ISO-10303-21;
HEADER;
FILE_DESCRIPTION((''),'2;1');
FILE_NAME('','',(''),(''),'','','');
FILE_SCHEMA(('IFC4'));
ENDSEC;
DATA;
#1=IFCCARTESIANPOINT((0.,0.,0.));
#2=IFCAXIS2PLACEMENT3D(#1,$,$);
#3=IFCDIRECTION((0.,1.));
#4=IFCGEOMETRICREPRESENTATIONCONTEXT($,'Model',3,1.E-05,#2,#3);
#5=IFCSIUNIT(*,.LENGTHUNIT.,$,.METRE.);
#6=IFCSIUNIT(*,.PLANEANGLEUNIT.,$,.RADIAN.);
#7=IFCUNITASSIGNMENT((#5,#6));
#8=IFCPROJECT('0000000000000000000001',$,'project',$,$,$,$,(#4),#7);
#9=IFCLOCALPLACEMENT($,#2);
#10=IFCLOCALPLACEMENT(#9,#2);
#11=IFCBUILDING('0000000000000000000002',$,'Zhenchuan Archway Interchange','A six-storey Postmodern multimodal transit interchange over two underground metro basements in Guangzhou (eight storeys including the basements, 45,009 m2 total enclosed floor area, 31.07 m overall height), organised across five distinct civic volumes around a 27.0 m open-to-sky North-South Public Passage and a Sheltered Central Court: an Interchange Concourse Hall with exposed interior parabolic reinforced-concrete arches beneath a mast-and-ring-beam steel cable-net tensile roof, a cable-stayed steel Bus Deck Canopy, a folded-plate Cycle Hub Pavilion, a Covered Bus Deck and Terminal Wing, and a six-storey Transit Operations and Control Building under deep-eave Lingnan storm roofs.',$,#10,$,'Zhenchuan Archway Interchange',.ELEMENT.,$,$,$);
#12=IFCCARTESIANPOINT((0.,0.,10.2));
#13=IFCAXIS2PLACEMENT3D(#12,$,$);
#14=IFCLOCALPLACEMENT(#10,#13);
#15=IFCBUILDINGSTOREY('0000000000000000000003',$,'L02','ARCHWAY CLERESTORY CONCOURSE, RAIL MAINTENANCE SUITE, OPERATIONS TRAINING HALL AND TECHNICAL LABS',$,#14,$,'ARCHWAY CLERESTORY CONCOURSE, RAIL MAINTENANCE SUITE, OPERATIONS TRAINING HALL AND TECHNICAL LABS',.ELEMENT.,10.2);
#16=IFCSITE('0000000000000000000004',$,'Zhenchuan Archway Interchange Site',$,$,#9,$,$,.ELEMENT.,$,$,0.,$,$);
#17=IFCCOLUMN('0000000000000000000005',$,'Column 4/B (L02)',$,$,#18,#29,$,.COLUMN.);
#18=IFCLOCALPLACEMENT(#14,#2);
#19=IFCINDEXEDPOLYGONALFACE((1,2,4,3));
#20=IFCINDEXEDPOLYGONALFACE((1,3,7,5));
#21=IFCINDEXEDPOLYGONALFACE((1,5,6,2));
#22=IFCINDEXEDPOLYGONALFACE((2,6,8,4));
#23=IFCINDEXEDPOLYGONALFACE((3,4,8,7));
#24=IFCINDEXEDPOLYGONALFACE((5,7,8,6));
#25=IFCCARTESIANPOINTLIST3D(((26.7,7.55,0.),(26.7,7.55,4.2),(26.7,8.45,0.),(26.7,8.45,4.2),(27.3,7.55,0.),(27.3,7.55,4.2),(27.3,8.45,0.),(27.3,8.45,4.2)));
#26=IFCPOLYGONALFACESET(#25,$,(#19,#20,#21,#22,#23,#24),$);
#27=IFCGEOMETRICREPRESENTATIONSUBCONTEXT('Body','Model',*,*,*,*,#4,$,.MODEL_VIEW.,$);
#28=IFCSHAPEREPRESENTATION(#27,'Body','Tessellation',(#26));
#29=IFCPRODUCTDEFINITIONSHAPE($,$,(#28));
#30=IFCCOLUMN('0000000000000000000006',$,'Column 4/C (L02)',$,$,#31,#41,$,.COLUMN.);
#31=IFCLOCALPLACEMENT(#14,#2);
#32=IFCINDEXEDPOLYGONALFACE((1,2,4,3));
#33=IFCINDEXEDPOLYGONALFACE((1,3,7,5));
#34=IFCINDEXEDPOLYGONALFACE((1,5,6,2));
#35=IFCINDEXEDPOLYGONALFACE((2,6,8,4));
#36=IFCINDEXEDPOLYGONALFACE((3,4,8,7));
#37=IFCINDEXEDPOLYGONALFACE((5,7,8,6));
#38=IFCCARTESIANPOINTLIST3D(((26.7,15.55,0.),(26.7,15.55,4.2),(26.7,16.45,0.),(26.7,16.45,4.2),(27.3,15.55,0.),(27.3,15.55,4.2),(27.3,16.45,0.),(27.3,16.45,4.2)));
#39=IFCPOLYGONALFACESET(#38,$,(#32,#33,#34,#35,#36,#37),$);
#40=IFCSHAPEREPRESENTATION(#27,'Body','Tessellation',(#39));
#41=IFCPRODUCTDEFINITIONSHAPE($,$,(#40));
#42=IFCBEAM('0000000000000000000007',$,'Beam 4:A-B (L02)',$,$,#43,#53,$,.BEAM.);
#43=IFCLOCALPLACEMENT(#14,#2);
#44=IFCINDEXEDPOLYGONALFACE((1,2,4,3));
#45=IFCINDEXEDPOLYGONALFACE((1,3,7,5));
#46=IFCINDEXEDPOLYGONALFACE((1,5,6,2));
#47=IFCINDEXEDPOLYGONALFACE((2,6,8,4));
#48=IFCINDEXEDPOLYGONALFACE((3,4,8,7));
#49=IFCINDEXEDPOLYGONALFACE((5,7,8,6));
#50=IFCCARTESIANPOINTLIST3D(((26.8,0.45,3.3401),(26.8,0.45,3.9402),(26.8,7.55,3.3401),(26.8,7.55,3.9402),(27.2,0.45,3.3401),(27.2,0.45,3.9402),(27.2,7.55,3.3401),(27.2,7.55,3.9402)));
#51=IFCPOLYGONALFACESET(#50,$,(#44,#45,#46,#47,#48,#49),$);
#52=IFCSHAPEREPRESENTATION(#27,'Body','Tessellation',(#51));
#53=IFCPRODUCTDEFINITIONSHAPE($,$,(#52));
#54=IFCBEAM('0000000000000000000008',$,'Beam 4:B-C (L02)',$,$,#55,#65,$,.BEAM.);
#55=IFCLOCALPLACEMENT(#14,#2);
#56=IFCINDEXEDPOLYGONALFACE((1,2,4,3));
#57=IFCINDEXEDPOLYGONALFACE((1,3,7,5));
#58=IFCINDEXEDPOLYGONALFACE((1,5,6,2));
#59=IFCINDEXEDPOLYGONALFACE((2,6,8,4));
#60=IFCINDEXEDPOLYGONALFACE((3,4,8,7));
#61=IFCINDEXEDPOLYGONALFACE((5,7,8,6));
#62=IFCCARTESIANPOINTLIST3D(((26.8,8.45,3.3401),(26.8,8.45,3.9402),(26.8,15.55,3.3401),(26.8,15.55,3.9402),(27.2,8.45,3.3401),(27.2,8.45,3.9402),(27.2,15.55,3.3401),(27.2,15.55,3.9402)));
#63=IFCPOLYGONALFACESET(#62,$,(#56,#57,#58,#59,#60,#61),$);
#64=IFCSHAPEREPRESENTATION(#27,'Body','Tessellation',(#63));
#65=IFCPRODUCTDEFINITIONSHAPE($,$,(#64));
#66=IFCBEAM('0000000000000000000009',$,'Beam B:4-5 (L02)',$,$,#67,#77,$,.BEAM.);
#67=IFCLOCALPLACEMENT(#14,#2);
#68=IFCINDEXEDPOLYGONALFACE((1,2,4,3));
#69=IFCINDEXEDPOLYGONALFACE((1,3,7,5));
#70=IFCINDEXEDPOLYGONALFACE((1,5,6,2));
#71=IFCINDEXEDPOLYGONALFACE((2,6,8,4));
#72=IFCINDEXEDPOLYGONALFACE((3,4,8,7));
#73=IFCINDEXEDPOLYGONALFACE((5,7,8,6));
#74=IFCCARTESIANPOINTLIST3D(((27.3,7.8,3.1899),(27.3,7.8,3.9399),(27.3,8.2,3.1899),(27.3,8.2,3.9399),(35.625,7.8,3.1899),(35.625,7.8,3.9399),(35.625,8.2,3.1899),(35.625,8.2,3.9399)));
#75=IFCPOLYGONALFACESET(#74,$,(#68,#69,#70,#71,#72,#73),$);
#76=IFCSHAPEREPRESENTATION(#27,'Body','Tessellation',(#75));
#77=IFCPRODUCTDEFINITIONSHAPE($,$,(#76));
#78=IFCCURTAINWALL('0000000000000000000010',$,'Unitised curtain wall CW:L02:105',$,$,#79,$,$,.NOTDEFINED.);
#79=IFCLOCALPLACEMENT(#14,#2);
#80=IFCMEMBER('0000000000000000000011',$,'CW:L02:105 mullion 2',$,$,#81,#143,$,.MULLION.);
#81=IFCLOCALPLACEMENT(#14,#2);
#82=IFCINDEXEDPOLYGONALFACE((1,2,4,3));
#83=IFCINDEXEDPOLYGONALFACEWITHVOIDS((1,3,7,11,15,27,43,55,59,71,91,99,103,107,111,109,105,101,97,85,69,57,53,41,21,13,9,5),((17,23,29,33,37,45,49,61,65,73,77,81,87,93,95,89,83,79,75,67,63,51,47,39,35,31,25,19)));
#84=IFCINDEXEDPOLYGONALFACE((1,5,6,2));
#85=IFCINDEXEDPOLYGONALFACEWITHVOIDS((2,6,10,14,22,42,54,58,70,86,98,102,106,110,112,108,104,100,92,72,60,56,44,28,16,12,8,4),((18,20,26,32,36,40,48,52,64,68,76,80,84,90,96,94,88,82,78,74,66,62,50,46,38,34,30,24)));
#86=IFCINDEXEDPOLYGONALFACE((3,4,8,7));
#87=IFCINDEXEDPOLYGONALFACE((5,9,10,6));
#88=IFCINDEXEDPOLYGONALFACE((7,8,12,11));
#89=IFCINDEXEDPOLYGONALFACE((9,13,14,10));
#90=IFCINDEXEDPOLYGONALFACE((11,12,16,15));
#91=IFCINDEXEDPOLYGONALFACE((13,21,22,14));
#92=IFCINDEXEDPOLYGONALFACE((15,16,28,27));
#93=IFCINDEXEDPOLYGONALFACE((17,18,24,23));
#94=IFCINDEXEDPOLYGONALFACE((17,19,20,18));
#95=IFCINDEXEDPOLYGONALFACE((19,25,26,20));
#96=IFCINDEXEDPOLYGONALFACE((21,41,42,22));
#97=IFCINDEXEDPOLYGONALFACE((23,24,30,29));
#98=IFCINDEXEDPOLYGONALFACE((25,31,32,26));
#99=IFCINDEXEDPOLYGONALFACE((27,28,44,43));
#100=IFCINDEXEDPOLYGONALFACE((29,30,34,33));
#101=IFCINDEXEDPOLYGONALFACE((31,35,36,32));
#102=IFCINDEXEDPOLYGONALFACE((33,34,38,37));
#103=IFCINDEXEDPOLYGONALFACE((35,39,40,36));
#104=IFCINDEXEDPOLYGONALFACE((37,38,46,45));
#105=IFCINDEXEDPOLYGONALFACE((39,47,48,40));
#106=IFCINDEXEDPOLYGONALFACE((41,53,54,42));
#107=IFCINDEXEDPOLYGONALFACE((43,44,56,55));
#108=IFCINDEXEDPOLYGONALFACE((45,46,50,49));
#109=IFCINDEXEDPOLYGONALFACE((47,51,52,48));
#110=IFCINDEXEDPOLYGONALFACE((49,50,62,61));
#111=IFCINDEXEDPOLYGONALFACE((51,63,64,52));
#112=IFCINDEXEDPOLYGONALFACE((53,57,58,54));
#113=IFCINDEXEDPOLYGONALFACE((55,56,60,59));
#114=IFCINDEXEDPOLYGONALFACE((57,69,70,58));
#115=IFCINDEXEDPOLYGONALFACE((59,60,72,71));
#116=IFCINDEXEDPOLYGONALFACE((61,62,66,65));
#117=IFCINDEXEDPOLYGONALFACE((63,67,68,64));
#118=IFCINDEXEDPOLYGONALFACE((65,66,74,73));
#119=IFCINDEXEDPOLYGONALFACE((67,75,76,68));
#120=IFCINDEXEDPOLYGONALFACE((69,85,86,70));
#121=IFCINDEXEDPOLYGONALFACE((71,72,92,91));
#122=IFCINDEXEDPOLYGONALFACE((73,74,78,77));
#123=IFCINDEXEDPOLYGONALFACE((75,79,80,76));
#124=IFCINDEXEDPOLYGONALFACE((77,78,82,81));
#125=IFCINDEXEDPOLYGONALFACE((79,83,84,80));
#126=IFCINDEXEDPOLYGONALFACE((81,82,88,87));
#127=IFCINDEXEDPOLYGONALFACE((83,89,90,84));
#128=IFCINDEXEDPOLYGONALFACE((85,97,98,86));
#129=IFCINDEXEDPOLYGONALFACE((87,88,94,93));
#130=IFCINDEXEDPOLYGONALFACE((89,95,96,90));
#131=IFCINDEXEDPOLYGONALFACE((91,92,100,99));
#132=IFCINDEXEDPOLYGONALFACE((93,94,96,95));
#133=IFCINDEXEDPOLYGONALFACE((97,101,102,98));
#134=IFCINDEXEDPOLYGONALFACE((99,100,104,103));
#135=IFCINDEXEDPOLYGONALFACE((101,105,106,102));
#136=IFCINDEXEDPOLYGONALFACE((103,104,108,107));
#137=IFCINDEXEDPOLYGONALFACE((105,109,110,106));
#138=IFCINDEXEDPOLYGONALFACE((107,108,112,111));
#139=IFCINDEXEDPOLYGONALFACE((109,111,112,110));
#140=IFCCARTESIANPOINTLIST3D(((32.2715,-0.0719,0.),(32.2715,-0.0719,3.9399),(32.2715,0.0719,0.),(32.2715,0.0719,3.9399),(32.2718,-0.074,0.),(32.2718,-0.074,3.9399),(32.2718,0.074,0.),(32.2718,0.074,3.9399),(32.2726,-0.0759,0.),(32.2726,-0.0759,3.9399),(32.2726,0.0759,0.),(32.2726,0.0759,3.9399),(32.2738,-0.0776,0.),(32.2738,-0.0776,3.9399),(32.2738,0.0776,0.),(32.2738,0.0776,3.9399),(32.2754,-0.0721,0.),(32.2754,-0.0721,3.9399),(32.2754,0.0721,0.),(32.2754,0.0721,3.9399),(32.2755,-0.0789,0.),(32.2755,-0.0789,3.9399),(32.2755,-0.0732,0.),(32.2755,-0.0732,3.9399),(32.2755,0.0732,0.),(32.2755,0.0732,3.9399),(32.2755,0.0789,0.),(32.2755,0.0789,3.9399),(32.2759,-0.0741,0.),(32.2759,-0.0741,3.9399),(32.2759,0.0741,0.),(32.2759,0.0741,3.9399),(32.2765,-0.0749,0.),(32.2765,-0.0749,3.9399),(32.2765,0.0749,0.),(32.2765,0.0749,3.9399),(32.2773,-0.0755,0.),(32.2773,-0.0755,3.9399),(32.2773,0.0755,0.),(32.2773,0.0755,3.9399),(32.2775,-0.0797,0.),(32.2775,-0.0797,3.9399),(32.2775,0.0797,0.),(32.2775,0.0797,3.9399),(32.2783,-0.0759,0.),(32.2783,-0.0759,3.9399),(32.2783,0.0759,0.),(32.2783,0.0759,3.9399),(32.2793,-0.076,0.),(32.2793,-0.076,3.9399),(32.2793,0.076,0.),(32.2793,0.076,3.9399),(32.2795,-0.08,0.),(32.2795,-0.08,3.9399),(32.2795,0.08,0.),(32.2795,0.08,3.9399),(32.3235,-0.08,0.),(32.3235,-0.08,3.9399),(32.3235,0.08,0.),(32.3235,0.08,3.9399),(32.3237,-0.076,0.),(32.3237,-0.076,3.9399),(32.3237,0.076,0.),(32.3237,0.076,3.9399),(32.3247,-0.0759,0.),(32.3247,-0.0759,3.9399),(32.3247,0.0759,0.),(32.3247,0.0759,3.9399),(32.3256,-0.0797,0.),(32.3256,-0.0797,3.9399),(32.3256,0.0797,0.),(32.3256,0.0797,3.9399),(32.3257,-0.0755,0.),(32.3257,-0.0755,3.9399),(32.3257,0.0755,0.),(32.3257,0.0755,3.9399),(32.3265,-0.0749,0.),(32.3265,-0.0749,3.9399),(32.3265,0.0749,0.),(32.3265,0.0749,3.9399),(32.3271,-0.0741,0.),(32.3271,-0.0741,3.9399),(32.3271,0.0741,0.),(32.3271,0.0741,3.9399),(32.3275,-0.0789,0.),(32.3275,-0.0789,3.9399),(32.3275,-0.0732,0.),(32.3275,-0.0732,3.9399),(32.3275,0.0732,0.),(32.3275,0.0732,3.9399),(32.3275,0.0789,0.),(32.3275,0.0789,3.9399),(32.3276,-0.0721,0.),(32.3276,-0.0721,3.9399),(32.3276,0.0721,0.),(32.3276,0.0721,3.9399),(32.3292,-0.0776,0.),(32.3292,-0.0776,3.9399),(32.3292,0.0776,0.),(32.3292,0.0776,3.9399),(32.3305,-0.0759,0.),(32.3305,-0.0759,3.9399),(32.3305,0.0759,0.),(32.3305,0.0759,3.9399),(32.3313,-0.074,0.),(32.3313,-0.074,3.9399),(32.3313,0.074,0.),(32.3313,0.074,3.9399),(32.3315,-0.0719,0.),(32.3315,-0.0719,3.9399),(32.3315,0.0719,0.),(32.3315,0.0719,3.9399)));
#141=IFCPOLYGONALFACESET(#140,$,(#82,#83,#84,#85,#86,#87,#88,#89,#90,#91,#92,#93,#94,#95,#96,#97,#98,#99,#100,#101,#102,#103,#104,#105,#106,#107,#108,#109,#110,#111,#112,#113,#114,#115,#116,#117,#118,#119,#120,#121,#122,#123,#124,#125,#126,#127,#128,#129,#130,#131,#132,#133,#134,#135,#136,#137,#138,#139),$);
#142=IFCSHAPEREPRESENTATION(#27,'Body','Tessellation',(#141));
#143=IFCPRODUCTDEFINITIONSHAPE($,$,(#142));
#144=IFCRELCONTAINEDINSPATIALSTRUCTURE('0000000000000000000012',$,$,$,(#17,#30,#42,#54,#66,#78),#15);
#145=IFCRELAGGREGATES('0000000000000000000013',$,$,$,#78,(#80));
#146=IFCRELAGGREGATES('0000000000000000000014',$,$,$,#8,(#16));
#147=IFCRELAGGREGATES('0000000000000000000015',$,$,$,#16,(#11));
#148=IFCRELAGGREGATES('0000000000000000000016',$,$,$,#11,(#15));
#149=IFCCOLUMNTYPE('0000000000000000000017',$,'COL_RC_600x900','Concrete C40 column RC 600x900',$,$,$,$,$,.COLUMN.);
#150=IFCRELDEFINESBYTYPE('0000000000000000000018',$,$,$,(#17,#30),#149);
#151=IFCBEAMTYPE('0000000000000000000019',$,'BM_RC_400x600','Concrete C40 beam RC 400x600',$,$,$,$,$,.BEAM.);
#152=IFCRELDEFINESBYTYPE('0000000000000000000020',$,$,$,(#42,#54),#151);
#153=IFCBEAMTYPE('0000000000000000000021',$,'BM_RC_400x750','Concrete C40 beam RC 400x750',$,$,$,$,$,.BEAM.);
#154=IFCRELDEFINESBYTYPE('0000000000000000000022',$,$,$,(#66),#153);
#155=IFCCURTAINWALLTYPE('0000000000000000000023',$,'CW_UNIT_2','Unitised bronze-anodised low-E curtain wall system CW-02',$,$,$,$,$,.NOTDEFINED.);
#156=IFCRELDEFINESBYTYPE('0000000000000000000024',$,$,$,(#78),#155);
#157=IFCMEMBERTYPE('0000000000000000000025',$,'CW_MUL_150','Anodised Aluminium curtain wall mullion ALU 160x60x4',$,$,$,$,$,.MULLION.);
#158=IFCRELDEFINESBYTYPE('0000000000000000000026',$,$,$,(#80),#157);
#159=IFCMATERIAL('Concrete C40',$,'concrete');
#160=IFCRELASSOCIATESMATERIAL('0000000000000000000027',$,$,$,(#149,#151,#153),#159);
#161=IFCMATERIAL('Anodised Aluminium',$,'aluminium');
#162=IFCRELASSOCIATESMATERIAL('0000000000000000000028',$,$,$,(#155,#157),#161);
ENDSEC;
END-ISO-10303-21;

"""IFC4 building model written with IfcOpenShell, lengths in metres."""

from ifc_helpers import new_model, si_unit, direction, frame, origin, origin_2d, place, context, subcontext, project, spatial, rectangle, hollow_rectangle, extrude, material, material_profile, profile_set, type_object, element, aggregate, save


model = new_model("IFC4")

# Units and contexts
model_context = context("Model", 3, precision=1e-05, world=origin(), true_north=direction((0.0, 1.0)))
body_context = subcontext(model_context, "Body", "Model", "MODEL_VIEW")
ifc_project = project(units=[si_unit("LENGTHUNIT", "METRE"), si_unit("PLANEANGLEUNIT", "RADIAN")], contexts=[model_context])

# Site, building, storey
site_placement = place(None, origin())
site = spatial("IfcSite", under=ifc_project, at=site_placement, Name="Zhenchuan Archway Interchange Site", CompositionType="ELEMENT", RefElevation=0.0)
building_placement = place(site_placement, origin())
building = spatial("IfcBuilding", under=site, at=building_placement, Name="Zhenchuan Archway Interchange", Description="A six-storey Postmodern multimodal transit interchange over two underground metro basements in Guangzhou (eight storeys including the basements, 45,009 m2 total enclosed floor area, 31.07 m overall height), organised across five distinct civic volumes around a 27.0 m open-to-sky North-South Public Passage and a Sheltered Central Court: an Interchange Concourse Hall with exposed interior parabolic reinforced-concrete arches beneath a mast-and-ring-beam steel cable-net tensile roof, a cable-stayed steel Bus Deck Canopy, a folded-plate Cycle Hub Pavilion, a Covered Bus Deck and Terminal Wing, and a six-storey Transit Operations and Control Building under deep-eave Lingnan storm roofs.", LongName="Zhenchuan Archway Interchange", CompositionType="ELEMENT")
storey_placement = place(building_placement, frame((0.0, 0.0, 10.2)))
storey = spatial("IfcBuildingStorey", under=building, at=storey_placement, Name="L02", Description="ARCHWAY CLERESTORY CONCOURSE, RAIL MAINTENANCE SUITE, OPERATIONS TRAINING HALL AND TECHNICAL LABS", LongName="ARCHWAY CLERESTORY CONCOURSE, RAIL MAINTENANCE SUITE, OPERATIONS TRAINING HALL AND TECHNICAL LABS", CompositionType="ELEMENT", Elevation=10.2)

# Columns
ifc_material_1 = material(Name="Concrete C40", Category="concrete")
ifc_material_profile_1 = material_profile(ifc_material_1, rectangle(XDim=0.6001, YDim=0.8999, at=origin_2d()), Name="RC 600x900")
ifc_profile_set_1 = profile_set([ifc_material_profile_1], Name="Concrete C40")
column_type = type_object("IfcColumnType", Name="COL_RC_600x900", Description="Concrete C40 column RC 600x900", PredefinedType="COLUMN", material=ifc_profile_set_1)
for number, where, z_axis, x_axis, name in (
    (1, (27.0, 8.0, 0.0), (0.0, 0.0, 1.0), (1.0, 0.0, 0.0), "Column 4/B (L02)"),
    (2, (27.0, 16.0, 0.0), (0.0, 0.0, 1.0), (1.0, 0.0, 0.0), "Column 4/C (L02)"),
):
    element("IfcColumn", number, at=place(storey_placement, frame(where, z_axis=z_axis, x_axis=x_axis)), inside=storey, type_object=column_type, Name=name, PredefinedType="COLUMN", context=body_context, shape_type="SweptSolid", body=[
        extrude(rectangle(XDim=0.6001, YDim=0.8999, at=origin_2d()), origin(), (0.0, 0.0, 1.0), 4.2),
    ])

# Beams
ifc_material_profile_2 = material_profile(ifc_material_1, rectangle(XDim=0.3999, YDim=0.6001, at=origin_2d()), Name="RC 400x600")
ifc_profile_set_2 = profile_set([ifc_material_profile_2], Name="Concrete C40")
beam_type_1 = type_object("IfcBeamType", Name="BM_RC_400x600", Description="Concrete C40 beam RC 400x600", PredefinedType="BEAM", material=ifc_profile_set_2)
for number, where, z_axis, x_axis, name in (
    (3, (27.0, 0.45, 3.6401), (0.0, 1.0, 0.0), (-1.0, 0.0, 0.0), "Beam 4:A-B (L02)"),
    (4, (27.0, 8.45, 3.6401), (0.0, 1.0, 0.0), (-1.0, 0.0, 0.0), "Beam 4:B-C (L02)"),
):
    element("IfcBeam", number, at=place(storey_placement, frame(where, z_axis=z_axis, x_axis=x_axis)), inside=storey, type_object=beam_type_1, Name=name, PredefinedType="BEAM", context=body_context, shape_type="SweptSolid", body=[
        extrude(rectangle(XDim=0.3999, YDim=0.6001, at=origin_2d()), origin(), (0.0, 0.0, 1.0), 7.1001),
    ])
ifc_material_profile_3 = material_profile(ifc_material_1, rectangle(XDim=0.3999, YDim=0.75, at=origin_2d()), Name="RC 400x750")
ifc_profile_set_3 = profile_set([ifc_material_profile_3], Name="Concrete C40")
beam_type_2 = type_object("IfcBeamType", Name="BM_RC_400x750", Description="Concrete C40 beam RC 400x750", PredefinedType="BEAM", material=ifc_profile_set_3)
beam_1_placement = place(storey_placement, frame((27.3, 8.0, 3.5649), z_axis=(1.0, 0.0, 0.0), x_axis=(0.0, 1.0, 0.0)))
element("IfcBeam", 5, at=beam_1_placement, inside=storey, type_object=beam_type_2, Name="Beam B:4-5 (L02)", PredefinedType="BEAM", context=body_context, shape_type="SweptSolid", body=[
    extrude(rectangle(XDim=0.3999, YDim=0.75, at=origin_2d()), origin(), (0.0, 0.0, 1.0), 8.325),
])

# Curtain wall, member
ifc_material_2 = material(Name="Anodised Aluminium", Category="aluminium")
curtain_wall_type_1 = type_object("IfcCurtainWallType", Name="CW_UNIT_2", Description="Unitised bronze-anodised low-E curtain wall system CW-02", PredefinedType="NOTDEFINED", material=ifc_material_2)
curtain_wall_1_placement = place(storey_placement, origin())
curtain_wall_1 = element("IfcCurtainWall", 6, at=curtain_wall_1_placement, inside=storey, type_object=curtain_wall_type_1, Name="Unitised curtain wall CW:L02:105", PredefinedType="NOTDEFINED")
ifc_material_profile_4 = material_profile(ifc_material_2, hollow_rectangle(XDim=0.0601, YDim=0.1599, WallThickness=0.0039, InnerFilletRadius=0.0039, OuterFilletRadius=0.0081, at=origin_2d()), Name="ALU 160x60x4")
ifc_profile_set_4 = profile_set([ifc_material_profile_4], Name="Anodised Aluminium")
member_type_1 = type_object("IfcMemberType", Name="CW_MUL_150", Description="Anodised Aluminium curtain wall mullion ALU 160x60x4", PredefinedType="MULLION", material=ifc_profile_set_4)
member_1_placement = place(storey_placement, frame((32.3015, 0.0, 0.0), z_axis=(0.0, 0.0, 1.0), x_axis=(1.0, 0.0, 0.0)))
member_1 = element("IfcMember", 7, at=member_1_placement, type_object=member_type_1, Name="CW:L02:105 mullion 2", PredefinedType="MULLION", context=body_context, shape_type="SweptSolid", body=[
    extrude(hollow_rectangle(XDim=0.0601, YDim=0.1599, WallThickness=0.0039, InnerFilletRadius=0.0039, OuterFilletRadius=0.0081, at=origin_2d()), origin(), (0.0, 0.0, 1.0), 3.9399),
])

aggregate(curtain_wall_1, [member_1])

save(model, "model.ifc")
